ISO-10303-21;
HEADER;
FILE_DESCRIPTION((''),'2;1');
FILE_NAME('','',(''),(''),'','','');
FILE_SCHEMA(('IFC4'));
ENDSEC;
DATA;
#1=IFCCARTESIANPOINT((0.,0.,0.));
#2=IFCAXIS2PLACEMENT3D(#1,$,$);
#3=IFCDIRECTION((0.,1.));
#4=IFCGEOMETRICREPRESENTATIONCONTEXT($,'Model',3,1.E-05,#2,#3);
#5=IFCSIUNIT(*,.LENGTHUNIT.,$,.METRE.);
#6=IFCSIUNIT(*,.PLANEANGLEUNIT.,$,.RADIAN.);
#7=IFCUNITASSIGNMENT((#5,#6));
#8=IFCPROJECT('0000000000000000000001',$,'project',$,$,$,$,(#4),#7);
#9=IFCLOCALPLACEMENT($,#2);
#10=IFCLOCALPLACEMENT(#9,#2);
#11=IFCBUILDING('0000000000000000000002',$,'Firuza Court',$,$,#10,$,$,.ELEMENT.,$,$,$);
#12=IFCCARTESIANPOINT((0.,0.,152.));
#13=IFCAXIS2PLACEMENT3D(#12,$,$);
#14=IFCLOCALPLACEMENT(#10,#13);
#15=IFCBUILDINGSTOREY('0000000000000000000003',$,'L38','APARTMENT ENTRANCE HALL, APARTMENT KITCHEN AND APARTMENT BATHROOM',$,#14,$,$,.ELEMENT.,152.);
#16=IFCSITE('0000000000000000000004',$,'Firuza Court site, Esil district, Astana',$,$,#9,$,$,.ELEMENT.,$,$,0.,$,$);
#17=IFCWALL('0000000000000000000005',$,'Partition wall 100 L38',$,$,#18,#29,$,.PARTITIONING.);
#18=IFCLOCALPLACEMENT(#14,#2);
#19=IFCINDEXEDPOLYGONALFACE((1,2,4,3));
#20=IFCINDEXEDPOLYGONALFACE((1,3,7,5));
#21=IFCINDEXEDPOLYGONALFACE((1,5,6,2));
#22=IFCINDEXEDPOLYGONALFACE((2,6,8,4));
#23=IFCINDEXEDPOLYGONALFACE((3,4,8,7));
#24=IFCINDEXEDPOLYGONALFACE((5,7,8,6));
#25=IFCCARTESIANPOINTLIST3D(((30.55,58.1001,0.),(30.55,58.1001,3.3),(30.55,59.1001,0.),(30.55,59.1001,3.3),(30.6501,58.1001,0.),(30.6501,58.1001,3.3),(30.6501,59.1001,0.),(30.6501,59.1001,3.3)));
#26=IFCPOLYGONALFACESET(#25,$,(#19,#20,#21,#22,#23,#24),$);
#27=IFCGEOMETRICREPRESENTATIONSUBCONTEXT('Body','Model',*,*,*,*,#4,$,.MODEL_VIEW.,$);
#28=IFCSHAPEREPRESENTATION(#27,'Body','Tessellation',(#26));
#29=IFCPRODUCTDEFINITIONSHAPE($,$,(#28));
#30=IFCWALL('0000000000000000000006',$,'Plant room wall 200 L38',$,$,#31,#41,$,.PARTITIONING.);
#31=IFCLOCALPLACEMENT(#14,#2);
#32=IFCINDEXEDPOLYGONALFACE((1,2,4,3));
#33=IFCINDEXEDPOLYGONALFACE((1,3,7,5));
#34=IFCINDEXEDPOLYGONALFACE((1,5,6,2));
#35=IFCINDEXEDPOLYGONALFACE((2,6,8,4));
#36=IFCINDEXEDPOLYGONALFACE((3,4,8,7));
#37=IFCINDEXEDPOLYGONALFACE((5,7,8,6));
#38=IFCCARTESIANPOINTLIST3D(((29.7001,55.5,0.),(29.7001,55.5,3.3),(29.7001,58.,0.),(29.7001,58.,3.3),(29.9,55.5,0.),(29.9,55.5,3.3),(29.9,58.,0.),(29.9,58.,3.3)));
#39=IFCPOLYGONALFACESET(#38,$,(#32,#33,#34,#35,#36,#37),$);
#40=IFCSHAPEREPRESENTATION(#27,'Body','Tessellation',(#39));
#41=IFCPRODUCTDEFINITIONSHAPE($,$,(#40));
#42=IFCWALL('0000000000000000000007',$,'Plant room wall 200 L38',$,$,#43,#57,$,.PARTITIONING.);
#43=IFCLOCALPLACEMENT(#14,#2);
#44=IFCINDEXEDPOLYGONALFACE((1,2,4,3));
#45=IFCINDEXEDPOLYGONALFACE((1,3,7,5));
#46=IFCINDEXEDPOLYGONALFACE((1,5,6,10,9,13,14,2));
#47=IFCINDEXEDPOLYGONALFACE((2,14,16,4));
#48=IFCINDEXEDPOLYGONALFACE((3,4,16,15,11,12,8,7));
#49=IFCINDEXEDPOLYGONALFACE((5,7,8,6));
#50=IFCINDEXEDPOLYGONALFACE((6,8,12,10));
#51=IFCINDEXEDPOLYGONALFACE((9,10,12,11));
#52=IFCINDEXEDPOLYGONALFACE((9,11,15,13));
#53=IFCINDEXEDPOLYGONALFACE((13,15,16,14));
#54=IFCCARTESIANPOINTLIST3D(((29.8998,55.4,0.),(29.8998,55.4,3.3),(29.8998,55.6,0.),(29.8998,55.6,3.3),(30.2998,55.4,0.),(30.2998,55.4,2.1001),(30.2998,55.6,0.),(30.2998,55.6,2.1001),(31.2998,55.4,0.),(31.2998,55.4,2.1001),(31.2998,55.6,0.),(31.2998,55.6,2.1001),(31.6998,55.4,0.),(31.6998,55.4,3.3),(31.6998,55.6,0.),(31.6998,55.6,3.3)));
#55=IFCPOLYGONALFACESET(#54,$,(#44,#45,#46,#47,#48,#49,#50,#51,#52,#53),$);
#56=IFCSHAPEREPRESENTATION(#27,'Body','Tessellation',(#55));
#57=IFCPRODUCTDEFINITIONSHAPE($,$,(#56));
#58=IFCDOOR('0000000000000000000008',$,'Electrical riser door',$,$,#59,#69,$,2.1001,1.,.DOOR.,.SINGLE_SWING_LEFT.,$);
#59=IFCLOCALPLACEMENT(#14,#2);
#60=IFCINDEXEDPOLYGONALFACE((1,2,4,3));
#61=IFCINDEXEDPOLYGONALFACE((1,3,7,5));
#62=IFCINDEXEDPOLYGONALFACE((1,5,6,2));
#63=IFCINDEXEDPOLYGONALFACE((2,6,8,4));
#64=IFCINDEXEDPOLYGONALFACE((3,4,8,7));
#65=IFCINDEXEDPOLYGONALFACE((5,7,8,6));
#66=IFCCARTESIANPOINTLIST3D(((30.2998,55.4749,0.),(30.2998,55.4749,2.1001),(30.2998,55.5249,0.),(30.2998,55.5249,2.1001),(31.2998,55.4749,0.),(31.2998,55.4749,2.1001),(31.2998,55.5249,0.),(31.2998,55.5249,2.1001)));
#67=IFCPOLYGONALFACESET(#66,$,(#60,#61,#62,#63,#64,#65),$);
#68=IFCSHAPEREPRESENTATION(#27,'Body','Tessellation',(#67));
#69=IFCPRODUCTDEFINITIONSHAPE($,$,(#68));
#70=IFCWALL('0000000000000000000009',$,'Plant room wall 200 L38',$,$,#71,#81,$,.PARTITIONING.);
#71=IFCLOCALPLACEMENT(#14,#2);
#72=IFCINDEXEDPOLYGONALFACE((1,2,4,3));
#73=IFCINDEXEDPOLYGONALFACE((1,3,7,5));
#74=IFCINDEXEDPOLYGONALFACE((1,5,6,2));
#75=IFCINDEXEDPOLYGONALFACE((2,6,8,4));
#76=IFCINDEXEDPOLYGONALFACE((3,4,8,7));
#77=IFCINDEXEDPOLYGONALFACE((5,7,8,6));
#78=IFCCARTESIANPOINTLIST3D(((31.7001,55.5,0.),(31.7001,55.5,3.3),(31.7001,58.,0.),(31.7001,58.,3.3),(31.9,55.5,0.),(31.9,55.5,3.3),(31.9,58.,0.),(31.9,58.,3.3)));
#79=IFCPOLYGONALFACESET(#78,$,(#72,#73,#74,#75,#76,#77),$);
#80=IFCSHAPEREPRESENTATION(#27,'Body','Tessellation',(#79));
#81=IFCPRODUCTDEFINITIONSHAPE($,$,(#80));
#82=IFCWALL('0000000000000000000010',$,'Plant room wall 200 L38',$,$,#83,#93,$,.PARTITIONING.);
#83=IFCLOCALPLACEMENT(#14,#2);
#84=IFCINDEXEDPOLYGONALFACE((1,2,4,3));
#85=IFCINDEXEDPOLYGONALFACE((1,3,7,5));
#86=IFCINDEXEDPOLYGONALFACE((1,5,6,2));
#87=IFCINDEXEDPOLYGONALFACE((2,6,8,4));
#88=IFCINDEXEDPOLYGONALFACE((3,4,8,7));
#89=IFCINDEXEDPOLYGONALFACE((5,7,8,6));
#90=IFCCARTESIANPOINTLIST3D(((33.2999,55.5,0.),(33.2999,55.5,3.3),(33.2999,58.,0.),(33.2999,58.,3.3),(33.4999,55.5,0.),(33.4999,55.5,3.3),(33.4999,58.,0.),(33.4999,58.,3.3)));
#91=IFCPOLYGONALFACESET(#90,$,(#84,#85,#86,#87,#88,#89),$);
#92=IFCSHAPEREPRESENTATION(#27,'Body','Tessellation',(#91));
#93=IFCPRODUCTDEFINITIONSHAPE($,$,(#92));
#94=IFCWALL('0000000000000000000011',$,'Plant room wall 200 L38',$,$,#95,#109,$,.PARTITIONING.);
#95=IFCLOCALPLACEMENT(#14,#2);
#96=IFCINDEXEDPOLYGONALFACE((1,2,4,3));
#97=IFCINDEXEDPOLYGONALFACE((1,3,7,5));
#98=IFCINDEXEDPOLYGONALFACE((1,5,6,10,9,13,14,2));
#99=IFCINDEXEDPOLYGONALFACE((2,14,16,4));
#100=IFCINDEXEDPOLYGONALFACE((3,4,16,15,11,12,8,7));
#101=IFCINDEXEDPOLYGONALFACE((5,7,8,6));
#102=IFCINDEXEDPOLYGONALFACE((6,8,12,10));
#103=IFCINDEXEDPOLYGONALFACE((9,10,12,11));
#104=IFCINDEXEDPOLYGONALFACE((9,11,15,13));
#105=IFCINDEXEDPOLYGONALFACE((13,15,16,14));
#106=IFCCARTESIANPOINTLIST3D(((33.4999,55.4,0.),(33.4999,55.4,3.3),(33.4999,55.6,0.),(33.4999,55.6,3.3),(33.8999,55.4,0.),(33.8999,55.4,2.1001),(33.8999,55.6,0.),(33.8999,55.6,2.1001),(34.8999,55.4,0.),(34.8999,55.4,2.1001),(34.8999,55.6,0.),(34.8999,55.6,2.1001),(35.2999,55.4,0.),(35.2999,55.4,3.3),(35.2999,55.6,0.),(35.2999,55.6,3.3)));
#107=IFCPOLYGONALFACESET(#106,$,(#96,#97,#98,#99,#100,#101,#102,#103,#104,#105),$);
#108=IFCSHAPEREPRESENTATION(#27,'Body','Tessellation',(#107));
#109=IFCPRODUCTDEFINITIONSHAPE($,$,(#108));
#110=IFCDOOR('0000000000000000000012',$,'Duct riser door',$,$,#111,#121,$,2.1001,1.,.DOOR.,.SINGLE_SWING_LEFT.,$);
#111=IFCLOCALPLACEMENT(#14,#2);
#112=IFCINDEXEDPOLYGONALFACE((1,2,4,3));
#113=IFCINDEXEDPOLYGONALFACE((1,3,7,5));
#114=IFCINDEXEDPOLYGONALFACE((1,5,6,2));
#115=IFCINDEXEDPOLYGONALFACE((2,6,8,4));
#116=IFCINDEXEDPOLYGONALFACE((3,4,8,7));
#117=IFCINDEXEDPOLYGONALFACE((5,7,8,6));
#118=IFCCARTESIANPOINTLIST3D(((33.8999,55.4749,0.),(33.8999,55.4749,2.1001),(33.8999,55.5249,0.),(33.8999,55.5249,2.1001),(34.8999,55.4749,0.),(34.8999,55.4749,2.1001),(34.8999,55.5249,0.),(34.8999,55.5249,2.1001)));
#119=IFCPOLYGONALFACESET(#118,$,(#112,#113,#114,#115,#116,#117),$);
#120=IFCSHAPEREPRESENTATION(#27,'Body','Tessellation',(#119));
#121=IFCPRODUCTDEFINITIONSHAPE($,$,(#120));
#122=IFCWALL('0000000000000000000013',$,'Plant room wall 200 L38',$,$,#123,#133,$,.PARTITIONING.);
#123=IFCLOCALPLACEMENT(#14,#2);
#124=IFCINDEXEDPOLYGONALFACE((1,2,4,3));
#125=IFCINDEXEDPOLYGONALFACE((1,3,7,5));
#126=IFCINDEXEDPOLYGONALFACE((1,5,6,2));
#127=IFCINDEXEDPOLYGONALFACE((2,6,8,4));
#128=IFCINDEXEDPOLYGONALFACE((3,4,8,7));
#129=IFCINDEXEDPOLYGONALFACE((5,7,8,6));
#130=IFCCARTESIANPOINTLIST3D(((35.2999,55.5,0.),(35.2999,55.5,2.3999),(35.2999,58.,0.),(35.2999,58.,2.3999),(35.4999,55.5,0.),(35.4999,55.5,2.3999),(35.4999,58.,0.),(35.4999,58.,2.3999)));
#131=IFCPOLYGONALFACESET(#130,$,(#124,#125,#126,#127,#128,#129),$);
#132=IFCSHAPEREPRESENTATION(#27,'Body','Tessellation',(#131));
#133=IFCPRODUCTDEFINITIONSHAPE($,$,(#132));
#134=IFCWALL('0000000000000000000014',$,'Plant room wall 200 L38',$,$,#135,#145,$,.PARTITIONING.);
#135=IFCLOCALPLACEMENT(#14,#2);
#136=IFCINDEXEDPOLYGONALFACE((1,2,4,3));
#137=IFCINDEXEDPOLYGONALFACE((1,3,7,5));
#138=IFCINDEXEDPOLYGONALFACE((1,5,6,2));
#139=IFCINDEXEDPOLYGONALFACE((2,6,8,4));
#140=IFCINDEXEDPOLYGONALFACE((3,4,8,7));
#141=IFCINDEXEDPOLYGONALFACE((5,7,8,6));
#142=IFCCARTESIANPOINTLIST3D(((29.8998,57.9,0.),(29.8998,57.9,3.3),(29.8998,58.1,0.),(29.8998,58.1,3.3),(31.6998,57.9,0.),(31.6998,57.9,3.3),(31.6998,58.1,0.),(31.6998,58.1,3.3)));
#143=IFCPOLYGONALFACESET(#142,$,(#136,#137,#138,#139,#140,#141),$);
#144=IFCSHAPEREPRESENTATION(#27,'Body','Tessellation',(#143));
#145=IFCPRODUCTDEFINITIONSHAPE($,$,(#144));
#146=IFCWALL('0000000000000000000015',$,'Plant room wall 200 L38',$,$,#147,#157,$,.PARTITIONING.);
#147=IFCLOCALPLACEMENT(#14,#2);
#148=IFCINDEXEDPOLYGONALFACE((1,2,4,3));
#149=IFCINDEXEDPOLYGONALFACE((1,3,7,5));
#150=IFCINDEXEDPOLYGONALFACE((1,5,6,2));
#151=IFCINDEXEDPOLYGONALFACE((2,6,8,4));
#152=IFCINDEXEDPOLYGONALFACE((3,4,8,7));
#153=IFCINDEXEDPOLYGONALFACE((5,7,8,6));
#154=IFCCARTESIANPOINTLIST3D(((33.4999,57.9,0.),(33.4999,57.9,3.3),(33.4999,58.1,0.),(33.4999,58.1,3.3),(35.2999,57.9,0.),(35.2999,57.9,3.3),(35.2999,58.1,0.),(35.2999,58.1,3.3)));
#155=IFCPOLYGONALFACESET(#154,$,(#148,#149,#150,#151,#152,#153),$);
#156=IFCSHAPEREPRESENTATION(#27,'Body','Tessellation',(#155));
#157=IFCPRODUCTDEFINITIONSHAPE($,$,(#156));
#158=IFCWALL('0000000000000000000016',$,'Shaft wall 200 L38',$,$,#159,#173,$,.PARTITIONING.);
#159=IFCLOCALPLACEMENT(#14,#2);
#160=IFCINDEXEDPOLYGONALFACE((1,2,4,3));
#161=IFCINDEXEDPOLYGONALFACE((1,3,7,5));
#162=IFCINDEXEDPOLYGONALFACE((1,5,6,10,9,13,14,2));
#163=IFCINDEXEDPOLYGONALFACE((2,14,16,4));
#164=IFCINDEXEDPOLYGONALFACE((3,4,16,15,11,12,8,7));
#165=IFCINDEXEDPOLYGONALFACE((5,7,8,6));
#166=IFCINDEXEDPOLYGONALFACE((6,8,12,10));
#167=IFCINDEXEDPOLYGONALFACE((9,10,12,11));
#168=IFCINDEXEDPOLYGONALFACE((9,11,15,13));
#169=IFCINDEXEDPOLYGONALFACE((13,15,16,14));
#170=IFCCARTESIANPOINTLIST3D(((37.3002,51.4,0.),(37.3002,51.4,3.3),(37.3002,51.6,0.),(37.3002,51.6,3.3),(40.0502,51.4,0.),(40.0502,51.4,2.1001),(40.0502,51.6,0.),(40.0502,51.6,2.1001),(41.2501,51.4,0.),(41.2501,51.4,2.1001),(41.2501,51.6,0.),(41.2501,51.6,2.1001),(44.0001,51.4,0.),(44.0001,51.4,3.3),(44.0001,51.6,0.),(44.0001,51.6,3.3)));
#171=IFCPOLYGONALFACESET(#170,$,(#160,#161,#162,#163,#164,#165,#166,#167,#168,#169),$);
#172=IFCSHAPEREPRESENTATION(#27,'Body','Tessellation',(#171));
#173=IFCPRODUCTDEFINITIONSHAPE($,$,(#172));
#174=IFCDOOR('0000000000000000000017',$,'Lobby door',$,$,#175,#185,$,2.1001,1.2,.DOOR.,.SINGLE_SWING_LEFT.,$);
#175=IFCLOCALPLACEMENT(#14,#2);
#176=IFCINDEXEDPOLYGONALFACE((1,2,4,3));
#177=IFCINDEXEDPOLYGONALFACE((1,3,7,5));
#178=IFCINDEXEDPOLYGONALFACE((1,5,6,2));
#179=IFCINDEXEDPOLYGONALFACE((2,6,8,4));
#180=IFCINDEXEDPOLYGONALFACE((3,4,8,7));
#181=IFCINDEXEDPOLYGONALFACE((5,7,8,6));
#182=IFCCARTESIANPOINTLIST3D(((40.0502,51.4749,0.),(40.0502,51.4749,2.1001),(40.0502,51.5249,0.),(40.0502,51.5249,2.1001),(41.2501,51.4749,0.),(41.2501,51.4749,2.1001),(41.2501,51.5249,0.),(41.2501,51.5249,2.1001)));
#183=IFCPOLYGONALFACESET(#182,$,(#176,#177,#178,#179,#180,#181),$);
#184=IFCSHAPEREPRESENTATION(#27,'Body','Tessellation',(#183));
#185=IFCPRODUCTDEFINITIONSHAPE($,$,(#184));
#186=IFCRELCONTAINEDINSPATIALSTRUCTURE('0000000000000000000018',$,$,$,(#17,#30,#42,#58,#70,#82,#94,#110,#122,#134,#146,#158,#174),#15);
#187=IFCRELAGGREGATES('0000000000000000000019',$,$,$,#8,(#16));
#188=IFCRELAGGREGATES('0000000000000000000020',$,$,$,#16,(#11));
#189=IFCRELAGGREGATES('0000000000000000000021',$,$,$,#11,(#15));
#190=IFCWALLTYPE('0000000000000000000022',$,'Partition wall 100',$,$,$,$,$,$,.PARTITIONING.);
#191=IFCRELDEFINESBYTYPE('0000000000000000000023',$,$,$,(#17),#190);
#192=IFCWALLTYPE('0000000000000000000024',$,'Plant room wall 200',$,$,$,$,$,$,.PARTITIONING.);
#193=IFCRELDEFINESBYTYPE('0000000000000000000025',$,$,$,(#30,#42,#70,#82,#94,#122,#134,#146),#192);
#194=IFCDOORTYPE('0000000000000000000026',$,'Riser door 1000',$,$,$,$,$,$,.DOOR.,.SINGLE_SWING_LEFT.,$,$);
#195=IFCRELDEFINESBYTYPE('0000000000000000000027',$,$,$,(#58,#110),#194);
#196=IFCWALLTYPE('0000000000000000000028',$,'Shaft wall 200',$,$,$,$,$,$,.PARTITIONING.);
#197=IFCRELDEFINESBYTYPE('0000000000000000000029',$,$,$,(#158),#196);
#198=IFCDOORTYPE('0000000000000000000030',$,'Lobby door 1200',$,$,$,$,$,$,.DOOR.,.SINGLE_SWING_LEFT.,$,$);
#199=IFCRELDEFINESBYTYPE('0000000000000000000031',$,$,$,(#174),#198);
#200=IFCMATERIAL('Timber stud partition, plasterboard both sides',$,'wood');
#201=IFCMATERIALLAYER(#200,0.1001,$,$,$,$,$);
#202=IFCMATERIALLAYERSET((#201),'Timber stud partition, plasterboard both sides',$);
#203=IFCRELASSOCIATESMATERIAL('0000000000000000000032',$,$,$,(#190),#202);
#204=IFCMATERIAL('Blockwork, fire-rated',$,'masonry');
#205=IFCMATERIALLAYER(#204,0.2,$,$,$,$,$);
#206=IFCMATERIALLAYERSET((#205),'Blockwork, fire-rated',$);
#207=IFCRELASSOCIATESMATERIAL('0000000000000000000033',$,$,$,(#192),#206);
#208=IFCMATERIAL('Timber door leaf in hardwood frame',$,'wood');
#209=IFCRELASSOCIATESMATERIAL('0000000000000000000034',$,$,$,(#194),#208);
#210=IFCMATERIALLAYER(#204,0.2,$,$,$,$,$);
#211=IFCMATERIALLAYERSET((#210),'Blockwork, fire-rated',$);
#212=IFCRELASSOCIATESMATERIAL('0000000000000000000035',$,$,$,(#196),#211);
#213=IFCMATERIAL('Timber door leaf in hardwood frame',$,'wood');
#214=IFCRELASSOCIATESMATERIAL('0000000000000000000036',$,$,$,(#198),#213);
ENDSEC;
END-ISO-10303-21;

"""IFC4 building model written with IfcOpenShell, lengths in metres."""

from ifc_helpers import new_model, si_unit, direction, frame, frame_2d, origin, place, context, subcontext, project, spatial, rectangle, extrude, material, layer, layer_set, type_object, element, fill, save


model = new_model("IFC4")

# Units and contexts
model_context = context("Model", 3, precision=1e-05, world=origin(), true_north=direction((0.0, 1.0)))
body_context = subcontext(model_context, "Body", "Model", "MODEL_VIEW")
ifc_project = project(units=[si_unit("LENGTHUNIT", "METRE"), si_unit("PLANEANGLEUNIT", "RADIAN")], contexts=[model_context])

# Site, building, storey
site_placement = place(None, origin())
site = spatial("IfcSite", under=ifc_project, at=site_placement, Name="Firuza Court site, Esil district, Astana", CompositionType="ELEMENT", RefElevation=0.0)
building_placement = place(site_placement, origin())
building = spatial("IfcBuilding", under=site, at=building_placement, Name="Firuza Court", CompositionType="ELEMENT")
storey_placement = place(building_placement, frame((0.0, 0.0, 152.0)))
storey = spatial("IfcBuildingStorey", under=building, at=storey_placement, Name="L38", Description="APARTMENT ENTRANCE HALL, APARTMENT KITCHEN AND APARTMENT BATHROOM", CompositionType="ELEMENT", Elevation=152.0)

# Walls
ifc_material_1 = material(Name="Timber stud partition, plasterboard both sides", Category="wood")
ifc_layer_1 = layer(ifc_material_1, 0.1001)
ifc_layer_set_1 = layer_set([ifc_layer_1], Name="Timber stud partition, plasterboard both sides")
wall_type_1 = type_object("IfcWallType", Name="Partition wall 100", PredefinedType="PARTITIONING", material=ifc_layer_set_1)
wall_1_placement = place(storey_placement, frame((30.6001, 58.1001, 0.0), z_axis=(0.0, 0.0, 1.0), x_axis=(0.0, 1.0, 0.0)))
element("IfcWall", 1, at=wall_1_placement, inside=storey, type_object=wall_type_1, Name="Partition wall 100 L38", PredefinedType="PARTITIONING", context=body_context, shape_type="SweptSolid", body=[
    extrude(rectangle(XDim=1.0, YDim=0.1001, at=frame_2d((0.5, 0.0))), origin(), (0.0, 0.0, 1.0), 3.3),
])
ifc_material_2 = material(Name="Blockwork, fire-rated", Category="masonry")
ifc_layer_2 = layer(ifc_material_2, 0.2)
ifc_layer_set_2 = layer_set([ifc_layer_2], Name="Blockwork, fire-rated")
wall_type_2 = type_object("IfcWallType", Name="Plant room wall 200", PredefinedType="PARTITIONING", material=ifc_layer_set_2)
wall_2_placement = place(storey_placement, frame((29.8, 55.5, 0.0), z_axis=(0.0, 0.0, 1.0), x_axis=(0.0, 1.0, 0.0)))
element("IfcWall", 2, at=wall_2_placement, inside=storey, type_object=wall_type_2, Name="Plant room wall 200 L38", PredefinedType="PARTITIONING", context=body_context, shape_type="SweptSolid", body=[
    extrude(rectangle(XDim=2.5, YDim=0.2, at=frame_2d((1.25, 0.0))), origin(), (0.0, 0.0, 1.0), 3.3),
])

# Wall, opening, door
wall_3_placement = place(storey_placement, frame((29.8999, 55.5, 0.0), z_axis=(0.0, 0.0, 1.0), x_axis=(1.0, 0.0, 0.0)))
wall_3 = element("IfcWall", 3, at=wall_3_placement, inside=storey, type_object=wall_type_2, Name="Plant room wall 200 L38", PredefinedType="PARTITIONING", context=body_context, shape_type="SweptSolid", body=[
    extrude(rectangle(XDim=1.8, YDim=0.2, at=frame_2d((0.8999, 0.0))), origin(), (0.0, 0.0, 1.0), 3.3),
])
opening_1_placement = place(wall_3_placement, frame((0.3999, 0.0, 0.0)))
opening_1 = element("IfcOpeningElement", 4, at=opening_1_placement, cuts=wall_3, PredefinedType="OPENING", context=body_context, shape_type="SweptSolid", body=[
    extrude(rectangle(XDim=1.0, YDim=2.1001, at=frame_2d((0.5, 1.05))), frame((0.0, 0.1118, 0.0), z_axis=(0.0, -1.0, 0.0), x_axis=(1.0, 0.0, 0.0)), (0.0, 0.0, 1.0), 0.2239),
])
ifc_material_3 = material(Name="Timber door leaf in hardwood frame", Category="wood")
door_type_1 = type_object("IfcDoorType", Name="Riser door 1000", OperationType="SINGLE_SWING_LEFT", PredefinedType="DOOR", material=ifc_material_3)
door_1_placement = place(opening_1_placement, origin())
door_1 = element("IfcDoor", 5, at=door_1_placement, inside=storey, type_object=door_type_1, Name="Electrical riser door", OperationType="SINGLE_SWING_LEFT", OverallHeight=2.1001, OverallWidth=1.0, PredefinedType="DOOR", context=body_context, shape_type="SweptSolid", body=[
    extrude(rectangle(XDim=1.0, YDim=2.1001, at=frame_2d((0.5, 1.05))), frame((0.0, 0.0249, 0.0), z_axis=(0.0, -1.0, 0.0), x_axis=(1.0, 0.0, 0.0)), (0.0, 0.0, 1.0), 0.05),
])
fill(opening_1, door_1)

# Walls
for number, where, z_axis, x_axis, name in (
    (6, (31.8, 55.5, 0.0), (0.0, 0.0, 1.0), (0.0, 1.0, 0.0), "Plant room wall 200 L38"),
    (7, (33.3999, 55.5, 0.0), (0.0, 0.0, 1.0), (0.0, 1.0, 0.0), "Plant room wall 200 L38"),
):
    element("IfcWall", number, at=place(storey_placement, frame(where, z_axis=z_axis, x_axis=x_axis)), inside=storey, type_object=wall_type_2, Name=name, PredefinedType="PARTITIONING", context=body_context, shape_type="SweptSolid", body=[
        extrude(rectangle(XDim=2.5, YDim=0.2, at=frame_2d((1.25, 0.0))), origin(), (0.0, 0.0, 1.0), 3.3),
    ])

# Wall, opening, door
wall_4_placement = place(storey_placement, frame((33.5, 55.5, 0.0), z_axis=(0.0, 0.0, 1.0), x_axis=(1.0, 0.0, 0.0)))
wall_4 = element("IfcWall", 8, at=wall_4_placement, inside=storey, type_object=wall_type_2, Name="Plant room wall 200 L38", PredefinedType="PARTITIONING", context=body_context, shape_type="SweptSolid", body=[
    extrude(rectangle(XDim=1.8, YDim=0.2, at=frame_2d((0.8999, 0.0))), origin(), (0.0, 0.0, 1.0), 3.3),
])
opening_2_placement = place(wall_4_placement, frame((0.3999, 0.0, 0.0)))
opening_2 = element("IfcOpeningElement", 9, at=opening_2_placement, cuts=wall_4, PredefinedType="OPENING", context=body_context, shape_type="SweptSolid", body=[
    extrude(rectangle(XDim=1.0, YDim=2.1001, at=frame_2d((0.5, 1.05))), frame((0.0, 0.1118, 0.0), z_axis=(0.0, -1.0, 0.0), x_axis=(1.0, 0.0, 0.0)), (0.0, 0.0, 1.0), 0.2239),
])
door_2_placement = place(opening_2_placement, origin())
door_2 = element("IfcDoor", 10, at=door_2_placement, inside=storey, type_object=door_type_1, Name="Duct riser door", OperationType="SINGLE_SWING_LEFT", OverallHeight=2.1001, OverallWidth=1.0, PredefinedType="DOOR", context=body_context, shape_type="SweptSolid", body=[
    extrude(rectangle(XDim=1.0, YDim=2.1001, at=frame_2d((0.5, 1.05))), frame((0.0, 0.0249, 0.0), z_axis=(0.0, -1.0, 0.0), x_axis=(1.0, 0.0, 0.0)), (0.0, 0.0, 1.0), 0.05),
])
fill(opening_2, door_2)

# Walls
wall_5_placement = place(storey_placement, frame((35.3999, 55.5, 0.0), z_axis=(0.0, 0.0, 1.0), x_axis=(0.0, 1.0, 0.0)))
element("IfcWall", 11, at=wall_5_placement, inside=storey, type_object=wall_type_2, Name="Plant room wall 200 L38", PredefinedType="PARTITIONING", context=body_context, shape_type="SweptSolid", body=[
    extrude(rectangle(XDim=2.5, YDim=0.2, at=frame_2d((1.25, 0.0))), origin(), (0.0, 0.0, 1.0), 2.3999),
])
for number, where, z_axis, x_axis, name in (
    (12, (29.8999, 58.0, 0.0), (0.0, 0.0, 1.0), (1.0, 0.0, 0.0), "Plant room wall 200 L38"),
    (13, (33.5, 58.0, 0.0), (0.0, 0.0, 1.0), (1.0, 0.0, 0.0), "Plant room wall 200 L38"),
):
    element("IfcWall", number, at=place(storey_placement, frame(where, z_axis=z_axis, x_axis=x_axis)), inside=storey, type_object=wall_type_2, Name=name, PredefinedType="PARTITIONING", context=body_context, shape_type="SweptSolid", body=[
        extrude(rectangle(XDim=1.8, YDim=0.2, at=frame_2d((0.8999, 0.0))), origin(), (0.0, 0.0, 1.0), 3.3),
    ])

# Wall, opening, door
ifc_layer_3 = layer(ifc_material_2, 0.2)
ifc_layer_set_3 = layer_set([ifc_layer_3], Name="Blockwork, fire-rated")
wall_type_3 = type_object("IfcWallType", Name="Shaft wall 200", PredefinedType="PARTITIONING", material=ifc_layer_set_3)
wall_6_placement = place(storey_placement, frame((37.3, 51.5, 0.0), z_axis=(0.0, 0.0, 1.0), x_axis=(1.0, 0.0, 0.0)))
wall_6 = element("IfcWall", 14, at=wall_6_placement, inside=storey, type_object=wall_type_3, Name="Shaft wall 200 L38", PredefinedType="PARTITIONING", context=body_context, shape_type="SweptSolid", body=[
    extrude(rectangle(XDim=6.7, YDim=0.2, at=frame_2d((3.3501, 0.0))), origin(), (0.0, 0.0, 1.0), 3.3),
])
opening_3_placement = place(wall_6_placement, frame((2.75, 0.0, 0.0)))
opening_3 = element("IfcOpeningElement", 15, at=opening_3_placement, cuts=wall_6, PredefinedType="OPENING", context=body_context, shape_type="SweptSolid", body=[
    extrude(rectangle(XDim=1.2, YDim=2.1001, at=frame_2d((0.6001, 1.05))), frame((0.0, 0.1118, 0.0), z_axis=(0.0, -1.0, 0.0), x_axis=(1.0, 0.0, 0.0)), (0.0, 0.0, 1.0), 0.2239),
])
ifc_material_4 = material(Name="Timber door leaf in hardwood frame", Category="wood")
door_type_2 = type_object("IfcDoorType", Name="Lobby door 1200", OperationType="SINGLE_SWING_LEFT", PredefinedType="DOOR", material=ifc_material_4)
door_3_placement = place(opening_3_placement, origin())
door_3 = element("IfcDoor", 16, at=door_3_placement, inside=storey, type_object=door_type_2, Name="Lobby door", OperationType="SINGLE_SWING_LEFT", OverallHeight=2.1001, OverallWidth=1.2, PredefinedType="DOOR", context=body_context, shape_type="SweptSolid", body=[
    extrude(rectangle(XDim=1.2, YDim=2.1001, at=frame_2d((0.6001, 1.05))), frame((0.0, 0.0249, 0.0), z_axis=(0.0, -1.0, 0.0), x_axis=(1.0, 0.0, 0.0)), (0.0, 0.0, 1.0), 0.05),
])
fill(opening_3, door_3)

save(model, "model.ifc")
